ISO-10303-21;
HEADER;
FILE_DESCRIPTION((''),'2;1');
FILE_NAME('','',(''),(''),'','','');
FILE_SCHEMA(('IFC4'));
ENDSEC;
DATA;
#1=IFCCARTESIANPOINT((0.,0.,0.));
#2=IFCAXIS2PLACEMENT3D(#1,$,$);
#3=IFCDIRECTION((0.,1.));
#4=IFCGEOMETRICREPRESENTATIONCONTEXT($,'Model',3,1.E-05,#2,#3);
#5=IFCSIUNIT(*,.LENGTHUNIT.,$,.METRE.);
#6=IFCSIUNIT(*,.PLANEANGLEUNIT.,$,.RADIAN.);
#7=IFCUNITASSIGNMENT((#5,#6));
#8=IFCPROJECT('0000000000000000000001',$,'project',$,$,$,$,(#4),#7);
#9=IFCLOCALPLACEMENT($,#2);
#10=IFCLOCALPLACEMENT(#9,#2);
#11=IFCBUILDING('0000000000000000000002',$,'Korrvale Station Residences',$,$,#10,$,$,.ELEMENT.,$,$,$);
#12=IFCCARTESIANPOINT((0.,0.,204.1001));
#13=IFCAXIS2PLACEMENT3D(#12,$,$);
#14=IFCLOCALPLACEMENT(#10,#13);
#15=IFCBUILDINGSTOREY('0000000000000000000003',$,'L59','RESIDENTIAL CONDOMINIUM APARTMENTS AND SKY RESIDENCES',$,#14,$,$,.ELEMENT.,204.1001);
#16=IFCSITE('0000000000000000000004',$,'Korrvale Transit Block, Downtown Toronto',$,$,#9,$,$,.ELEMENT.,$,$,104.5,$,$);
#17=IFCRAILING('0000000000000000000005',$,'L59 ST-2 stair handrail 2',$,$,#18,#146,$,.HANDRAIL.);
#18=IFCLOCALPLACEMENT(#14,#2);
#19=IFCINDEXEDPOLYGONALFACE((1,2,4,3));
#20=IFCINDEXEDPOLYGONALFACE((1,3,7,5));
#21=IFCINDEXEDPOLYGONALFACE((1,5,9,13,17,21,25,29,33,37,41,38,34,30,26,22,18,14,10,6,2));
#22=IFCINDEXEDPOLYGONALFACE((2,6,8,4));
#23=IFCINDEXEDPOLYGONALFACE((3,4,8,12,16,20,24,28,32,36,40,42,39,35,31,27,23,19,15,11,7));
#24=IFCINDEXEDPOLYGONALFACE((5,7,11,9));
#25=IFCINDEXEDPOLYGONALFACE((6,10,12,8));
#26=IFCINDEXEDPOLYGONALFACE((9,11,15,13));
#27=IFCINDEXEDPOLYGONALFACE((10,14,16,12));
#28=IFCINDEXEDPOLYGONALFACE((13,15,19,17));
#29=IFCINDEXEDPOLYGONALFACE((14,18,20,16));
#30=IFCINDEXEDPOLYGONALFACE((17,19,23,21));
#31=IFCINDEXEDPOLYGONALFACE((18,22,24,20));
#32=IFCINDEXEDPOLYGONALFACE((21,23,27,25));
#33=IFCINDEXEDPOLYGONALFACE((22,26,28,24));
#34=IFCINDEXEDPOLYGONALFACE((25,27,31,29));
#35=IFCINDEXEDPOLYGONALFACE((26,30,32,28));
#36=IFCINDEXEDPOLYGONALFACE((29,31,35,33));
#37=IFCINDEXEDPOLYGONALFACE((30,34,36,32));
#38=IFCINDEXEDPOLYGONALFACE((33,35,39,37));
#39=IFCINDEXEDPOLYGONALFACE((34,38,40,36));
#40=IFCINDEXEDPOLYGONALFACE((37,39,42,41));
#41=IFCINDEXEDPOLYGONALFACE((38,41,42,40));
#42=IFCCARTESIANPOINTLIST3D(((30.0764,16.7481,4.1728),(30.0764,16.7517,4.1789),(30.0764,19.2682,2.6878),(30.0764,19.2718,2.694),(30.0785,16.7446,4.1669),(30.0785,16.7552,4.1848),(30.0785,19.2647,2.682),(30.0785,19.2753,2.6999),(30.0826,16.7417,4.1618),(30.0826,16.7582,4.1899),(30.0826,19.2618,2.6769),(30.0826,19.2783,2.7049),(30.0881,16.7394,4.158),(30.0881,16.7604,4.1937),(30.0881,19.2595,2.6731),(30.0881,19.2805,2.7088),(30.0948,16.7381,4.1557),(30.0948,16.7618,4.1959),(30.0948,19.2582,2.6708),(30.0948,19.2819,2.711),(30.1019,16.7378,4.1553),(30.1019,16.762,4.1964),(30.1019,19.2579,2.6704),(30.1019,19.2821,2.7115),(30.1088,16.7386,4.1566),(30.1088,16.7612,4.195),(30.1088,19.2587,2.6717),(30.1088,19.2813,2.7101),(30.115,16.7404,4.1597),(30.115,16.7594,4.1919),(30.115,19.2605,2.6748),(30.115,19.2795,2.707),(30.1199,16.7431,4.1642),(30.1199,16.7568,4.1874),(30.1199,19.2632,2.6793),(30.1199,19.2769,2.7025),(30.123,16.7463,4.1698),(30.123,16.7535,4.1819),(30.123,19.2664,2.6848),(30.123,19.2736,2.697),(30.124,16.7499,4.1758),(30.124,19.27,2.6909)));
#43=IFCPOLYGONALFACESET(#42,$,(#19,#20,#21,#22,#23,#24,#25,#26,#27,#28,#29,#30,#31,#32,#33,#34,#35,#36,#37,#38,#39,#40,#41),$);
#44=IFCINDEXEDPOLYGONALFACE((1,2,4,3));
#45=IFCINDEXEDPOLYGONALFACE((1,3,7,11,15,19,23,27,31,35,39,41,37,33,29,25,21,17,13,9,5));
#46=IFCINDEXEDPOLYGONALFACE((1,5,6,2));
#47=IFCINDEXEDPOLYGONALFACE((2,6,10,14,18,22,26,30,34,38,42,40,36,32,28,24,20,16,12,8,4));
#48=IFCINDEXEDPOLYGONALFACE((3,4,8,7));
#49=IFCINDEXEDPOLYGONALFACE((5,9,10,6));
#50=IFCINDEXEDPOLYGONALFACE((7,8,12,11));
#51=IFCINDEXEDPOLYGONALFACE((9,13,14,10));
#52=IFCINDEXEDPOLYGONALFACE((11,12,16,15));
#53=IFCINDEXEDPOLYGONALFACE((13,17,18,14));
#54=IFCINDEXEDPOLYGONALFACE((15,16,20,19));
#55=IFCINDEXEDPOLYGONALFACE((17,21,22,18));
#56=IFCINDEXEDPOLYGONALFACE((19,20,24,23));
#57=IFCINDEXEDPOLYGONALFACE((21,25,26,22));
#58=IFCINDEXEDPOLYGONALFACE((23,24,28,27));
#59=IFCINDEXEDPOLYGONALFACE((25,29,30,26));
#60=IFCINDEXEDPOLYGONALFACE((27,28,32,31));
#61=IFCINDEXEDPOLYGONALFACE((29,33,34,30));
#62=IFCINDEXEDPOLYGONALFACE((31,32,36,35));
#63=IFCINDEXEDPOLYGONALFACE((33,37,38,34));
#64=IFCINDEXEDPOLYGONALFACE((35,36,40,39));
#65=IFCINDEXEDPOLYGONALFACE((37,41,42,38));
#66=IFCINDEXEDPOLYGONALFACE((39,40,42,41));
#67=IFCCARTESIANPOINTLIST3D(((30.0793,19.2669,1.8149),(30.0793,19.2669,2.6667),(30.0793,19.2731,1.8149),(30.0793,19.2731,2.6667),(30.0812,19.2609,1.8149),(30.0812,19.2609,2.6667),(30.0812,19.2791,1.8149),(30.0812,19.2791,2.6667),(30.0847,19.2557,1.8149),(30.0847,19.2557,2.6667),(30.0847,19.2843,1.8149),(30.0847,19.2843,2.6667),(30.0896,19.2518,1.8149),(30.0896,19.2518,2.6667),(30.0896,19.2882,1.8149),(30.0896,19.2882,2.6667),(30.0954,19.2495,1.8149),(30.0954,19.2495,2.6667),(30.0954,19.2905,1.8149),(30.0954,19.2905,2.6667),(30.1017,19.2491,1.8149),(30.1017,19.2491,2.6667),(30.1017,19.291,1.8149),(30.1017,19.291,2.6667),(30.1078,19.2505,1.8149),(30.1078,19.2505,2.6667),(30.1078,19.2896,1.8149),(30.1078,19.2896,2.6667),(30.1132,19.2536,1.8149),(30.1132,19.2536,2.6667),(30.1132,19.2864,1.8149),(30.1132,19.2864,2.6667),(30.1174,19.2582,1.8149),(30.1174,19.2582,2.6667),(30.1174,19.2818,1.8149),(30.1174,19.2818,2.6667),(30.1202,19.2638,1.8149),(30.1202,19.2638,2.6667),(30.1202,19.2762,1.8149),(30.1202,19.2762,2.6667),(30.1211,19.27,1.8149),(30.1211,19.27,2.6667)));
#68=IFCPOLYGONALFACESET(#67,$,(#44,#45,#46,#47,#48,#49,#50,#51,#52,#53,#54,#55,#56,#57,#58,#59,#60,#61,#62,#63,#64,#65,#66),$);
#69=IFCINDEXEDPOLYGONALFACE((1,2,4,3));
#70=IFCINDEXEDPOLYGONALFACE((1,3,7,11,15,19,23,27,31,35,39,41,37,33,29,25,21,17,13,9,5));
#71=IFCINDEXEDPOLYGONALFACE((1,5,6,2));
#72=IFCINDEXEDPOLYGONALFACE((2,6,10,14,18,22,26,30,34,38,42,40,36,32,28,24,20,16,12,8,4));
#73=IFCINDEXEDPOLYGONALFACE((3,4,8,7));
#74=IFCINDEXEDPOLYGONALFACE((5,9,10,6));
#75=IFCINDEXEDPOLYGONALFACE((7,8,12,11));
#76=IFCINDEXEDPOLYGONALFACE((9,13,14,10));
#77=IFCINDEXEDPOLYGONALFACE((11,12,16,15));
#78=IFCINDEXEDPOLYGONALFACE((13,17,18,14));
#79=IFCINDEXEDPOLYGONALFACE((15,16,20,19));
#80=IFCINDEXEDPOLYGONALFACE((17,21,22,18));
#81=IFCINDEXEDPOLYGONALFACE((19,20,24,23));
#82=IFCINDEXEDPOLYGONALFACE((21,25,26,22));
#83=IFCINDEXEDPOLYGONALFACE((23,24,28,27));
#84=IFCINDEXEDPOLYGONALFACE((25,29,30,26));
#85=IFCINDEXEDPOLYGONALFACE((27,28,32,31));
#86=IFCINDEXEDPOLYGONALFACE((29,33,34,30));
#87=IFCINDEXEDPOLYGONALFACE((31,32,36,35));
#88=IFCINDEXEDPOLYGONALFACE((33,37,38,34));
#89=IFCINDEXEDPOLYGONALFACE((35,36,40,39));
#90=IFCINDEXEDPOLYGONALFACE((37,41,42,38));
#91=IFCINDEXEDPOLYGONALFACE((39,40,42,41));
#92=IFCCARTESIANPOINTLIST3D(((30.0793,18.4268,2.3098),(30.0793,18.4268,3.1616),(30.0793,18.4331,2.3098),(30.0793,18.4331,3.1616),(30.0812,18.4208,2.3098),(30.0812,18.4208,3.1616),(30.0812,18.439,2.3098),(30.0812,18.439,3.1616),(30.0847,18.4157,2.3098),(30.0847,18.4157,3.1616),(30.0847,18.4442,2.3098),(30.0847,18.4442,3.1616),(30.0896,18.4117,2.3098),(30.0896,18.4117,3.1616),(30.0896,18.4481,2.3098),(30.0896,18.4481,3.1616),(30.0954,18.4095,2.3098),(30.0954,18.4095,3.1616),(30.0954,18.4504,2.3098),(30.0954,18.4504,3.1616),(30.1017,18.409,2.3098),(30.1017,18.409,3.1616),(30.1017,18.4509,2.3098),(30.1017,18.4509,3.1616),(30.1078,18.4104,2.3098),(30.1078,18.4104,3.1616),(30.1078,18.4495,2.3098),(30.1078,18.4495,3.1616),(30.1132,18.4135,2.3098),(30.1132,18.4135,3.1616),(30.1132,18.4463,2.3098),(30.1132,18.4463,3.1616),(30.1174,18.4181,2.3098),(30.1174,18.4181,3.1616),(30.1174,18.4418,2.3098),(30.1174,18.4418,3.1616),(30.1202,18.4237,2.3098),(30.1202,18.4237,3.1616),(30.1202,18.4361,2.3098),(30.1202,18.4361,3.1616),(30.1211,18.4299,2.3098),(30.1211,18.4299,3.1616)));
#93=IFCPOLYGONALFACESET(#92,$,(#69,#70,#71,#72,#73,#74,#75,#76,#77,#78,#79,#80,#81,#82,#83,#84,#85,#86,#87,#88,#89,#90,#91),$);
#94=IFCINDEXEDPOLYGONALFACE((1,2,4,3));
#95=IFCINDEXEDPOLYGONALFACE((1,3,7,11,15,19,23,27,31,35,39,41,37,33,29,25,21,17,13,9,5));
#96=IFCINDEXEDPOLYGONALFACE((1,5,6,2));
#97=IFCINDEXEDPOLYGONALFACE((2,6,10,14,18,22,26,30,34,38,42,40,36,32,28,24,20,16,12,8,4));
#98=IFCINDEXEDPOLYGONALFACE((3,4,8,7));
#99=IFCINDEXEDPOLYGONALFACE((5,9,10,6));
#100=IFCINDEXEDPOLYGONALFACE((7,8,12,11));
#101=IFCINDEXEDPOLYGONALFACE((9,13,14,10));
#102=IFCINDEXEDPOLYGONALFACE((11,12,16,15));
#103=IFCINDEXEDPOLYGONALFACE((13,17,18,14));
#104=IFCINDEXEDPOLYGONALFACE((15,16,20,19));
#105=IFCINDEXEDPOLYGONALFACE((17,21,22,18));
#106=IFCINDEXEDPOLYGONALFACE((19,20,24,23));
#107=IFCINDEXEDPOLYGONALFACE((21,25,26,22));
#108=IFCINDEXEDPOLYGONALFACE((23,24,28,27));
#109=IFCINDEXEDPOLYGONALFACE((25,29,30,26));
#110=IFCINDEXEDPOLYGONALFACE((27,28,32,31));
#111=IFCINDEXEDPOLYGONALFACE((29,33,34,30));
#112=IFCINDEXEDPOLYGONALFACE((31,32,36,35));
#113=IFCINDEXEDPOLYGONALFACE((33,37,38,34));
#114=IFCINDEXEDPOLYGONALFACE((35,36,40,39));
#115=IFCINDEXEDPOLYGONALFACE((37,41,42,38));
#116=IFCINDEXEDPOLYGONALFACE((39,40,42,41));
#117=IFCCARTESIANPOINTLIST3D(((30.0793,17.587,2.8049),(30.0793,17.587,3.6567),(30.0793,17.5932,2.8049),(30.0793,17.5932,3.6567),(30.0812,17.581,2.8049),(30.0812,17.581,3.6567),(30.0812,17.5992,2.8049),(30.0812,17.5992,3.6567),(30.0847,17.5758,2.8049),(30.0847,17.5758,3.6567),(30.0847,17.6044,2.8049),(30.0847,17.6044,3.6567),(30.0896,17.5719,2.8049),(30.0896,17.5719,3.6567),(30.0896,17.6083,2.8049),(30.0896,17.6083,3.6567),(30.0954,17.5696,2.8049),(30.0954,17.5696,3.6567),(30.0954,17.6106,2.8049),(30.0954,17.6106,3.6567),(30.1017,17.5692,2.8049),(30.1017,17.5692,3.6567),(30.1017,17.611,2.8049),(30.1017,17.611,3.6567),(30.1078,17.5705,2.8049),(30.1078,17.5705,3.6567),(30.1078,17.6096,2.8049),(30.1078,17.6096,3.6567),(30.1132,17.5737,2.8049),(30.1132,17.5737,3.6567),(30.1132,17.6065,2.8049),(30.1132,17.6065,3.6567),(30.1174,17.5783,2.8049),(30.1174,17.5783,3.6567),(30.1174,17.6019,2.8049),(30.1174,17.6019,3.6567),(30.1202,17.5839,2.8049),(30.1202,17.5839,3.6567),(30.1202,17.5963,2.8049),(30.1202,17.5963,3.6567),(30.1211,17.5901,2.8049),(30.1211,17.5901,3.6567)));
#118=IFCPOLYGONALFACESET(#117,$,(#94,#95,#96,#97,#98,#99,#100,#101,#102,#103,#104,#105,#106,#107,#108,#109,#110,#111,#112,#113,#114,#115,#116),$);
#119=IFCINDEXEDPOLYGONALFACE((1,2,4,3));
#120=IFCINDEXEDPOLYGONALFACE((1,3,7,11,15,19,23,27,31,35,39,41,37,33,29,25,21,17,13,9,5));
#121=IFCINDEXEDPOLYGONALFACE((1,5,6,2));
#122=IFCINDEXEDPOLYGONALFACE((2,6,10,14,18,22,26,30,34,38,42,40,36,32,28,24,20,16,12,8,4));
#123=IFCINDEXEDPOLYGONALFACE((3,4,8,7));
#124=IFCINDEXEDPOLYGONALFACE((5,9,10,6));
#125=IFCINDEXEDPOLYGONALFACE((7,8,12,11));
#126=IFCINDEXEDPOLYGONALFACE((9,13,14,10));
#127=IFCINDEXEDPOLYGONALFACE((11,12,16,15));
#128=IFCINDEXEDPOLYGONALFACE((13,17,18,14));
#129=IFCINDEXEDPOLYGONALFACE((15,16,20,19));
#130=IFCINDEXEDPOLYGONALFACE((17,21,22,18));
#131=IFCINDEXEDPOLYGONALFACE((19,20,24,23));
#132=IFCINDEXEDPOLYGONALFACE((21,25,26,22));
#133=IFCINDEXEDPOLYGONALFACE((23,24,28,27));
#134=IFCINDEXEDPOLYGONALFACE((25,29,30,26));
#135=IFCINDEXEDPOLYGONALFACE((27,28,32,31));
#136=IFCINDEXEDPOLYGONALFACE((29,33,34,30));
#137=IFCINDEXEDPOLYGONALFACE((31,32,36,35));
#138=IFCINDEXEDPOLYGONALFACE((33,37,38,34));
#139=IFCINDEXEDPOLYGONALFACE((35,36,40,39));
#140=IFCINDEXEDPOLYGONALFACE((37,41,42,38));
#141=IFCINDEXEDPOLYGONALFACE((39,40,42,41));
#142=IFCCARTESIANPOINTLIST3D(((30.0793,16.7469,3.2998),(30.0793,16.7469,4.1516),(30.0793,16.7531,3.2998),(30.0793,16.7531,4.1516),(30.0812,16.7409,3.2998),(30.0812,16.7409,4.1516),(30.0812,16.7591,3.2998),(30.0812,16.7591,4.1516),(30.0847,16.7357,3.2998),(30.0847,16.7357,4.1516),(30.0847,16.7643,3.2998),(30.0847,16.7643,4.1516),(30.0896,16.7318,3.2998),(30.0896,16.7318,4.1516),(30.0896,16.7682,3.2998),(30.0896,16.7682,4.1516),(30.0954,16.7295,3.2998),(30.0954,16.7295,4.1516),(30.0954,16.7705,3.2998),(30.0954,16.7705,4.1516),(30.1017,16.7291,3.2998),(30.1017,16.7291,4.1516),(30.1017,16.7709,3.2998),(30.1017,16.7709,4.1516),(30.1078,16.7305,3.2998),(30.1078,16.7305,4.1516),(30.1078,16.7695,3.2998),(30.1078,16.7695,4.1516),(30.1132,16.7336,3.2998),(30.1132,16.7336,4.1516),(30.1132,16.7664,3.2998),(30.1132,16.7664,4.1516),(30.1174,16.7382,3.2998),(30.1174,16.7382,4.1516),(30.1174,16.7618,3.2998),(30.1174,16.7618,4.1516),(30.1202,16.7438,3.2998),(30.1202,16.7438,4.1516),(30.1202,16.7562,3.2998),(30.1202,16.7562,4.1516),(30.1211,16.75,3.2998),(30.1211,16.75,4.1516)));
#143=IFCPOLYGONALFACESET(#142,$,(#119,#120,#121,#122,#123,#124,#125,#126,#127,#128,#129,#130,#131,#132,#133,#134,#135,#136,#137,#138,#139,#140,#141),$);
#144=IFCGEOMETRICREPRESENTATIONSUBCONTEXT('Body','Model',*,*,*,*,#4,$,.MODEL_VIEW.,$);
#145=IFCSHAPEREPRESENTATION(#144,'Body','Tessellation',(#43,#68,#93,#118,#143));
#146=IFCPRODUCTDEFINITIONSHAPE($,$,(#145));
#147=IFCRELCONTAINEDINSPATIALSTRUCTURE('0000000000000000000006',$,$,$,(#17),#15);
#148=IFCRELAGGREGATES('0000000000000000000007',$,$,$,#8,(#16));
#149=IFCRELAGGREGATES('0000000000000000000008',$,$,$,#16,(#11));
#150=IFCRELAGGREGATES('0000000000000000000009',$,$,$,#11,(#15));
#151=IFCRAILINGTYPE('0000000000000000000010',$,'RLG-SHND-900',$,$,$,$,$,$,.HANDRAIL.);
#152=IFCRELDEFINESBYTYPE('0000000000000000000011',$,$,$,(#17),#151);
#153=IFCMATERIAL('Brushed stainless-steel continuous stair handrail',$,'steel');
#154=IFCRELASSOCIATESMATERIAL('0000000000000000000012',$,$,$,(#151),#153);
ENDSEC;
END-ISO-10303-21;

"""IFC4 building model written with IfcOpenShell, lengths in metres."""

from ifc_helpers import new_model, si_unit, direction, frame, origin, origin_2d, place, context, subcontext, project, spatial, circle, extrude, material, type_object, element, save


model = new_model("IFC4")

# Units and contexts
model_context = context("Model", 3, precision=1e-05, world=origin(), true_north=direction((0.0, 1.0)))
body_context = subcontext(model_context, "Body", "Model", "MODEL_VIEW")
ifc_project = project(units=[si_unit("LENGTHUNIT", "METRE"), si_unit("PLANEANGLEUNIT", "RADIAN")], contexts=[model_context])

# Site, building, storey
site_placement = place(None, origin())
site = spatial("IfcSite", under=ifc_project, at=site_placement, Name="Korrvale Transit Block, Downtown Toronto", CompositionType="ELEMENT", RefElevation=104.5)
building_placement = place(site_placement, origin())
building = spatial("IfcBuilding", under=site, at=building_placement, Name="Korrvale Station Residences", CompositionType="ELEMENT")
storey_placement = place(building_placement, frame((0.0, 0.0, 204.1001)))
storey = spatial("IfcBuildingStorey", under=building, at=storey_placement, Name="L59", Description="RESIDENTIAL CONDOMINIUM APARTMENTS AND SKY RESIDENCES", CompositionType="ELEMENT", Elevation=204.1001)

# Railing
ifc_material_1 = material(Name="Brushed stainless-steel continuous stair handrail", Category="steel")
railing_type_1 = type_object("IfcRailingType", Name="RLG-SHND-900", PredefinedType="HANDRAIL", material=ifc_material_1)
railing_1_placement = place(storey_placement, frame((30.1001, 19.27, 1.8149)))
element("IfcRailing", 1, at=railing_1_placement, inside=storey, type_object=railing_type_1, Name="L59 ST-2 stair handrail 2", PredefinedType="HANDRAIL", context=body_context, shape_type="SweptSolid", body=[
    extrude(circle(Radius=0.0239, at=origin_2d()), frame((0.0, 0.0, 0.876), z_axis=(0.0, -0.861561, 0.507655), x_axis=(1.0, 0.0, 0.0)), (0.0, 0.0, 1.0), 2.925),
    extrude(circle(Radius=0.021, at=origin_2d()), origin(), (0.0, 0.0, 1.0), 0.8518),
    extrude(circle(Radius=0.021, at=origin_2d()), frame((0.0, -0.8401, 0.4949)), (0.0, 0.0, 1.0), 0.8518),
    extrude(circle(Radius=0.021, at=origin_2d()), frame((0.0, -1.6799, 0.99)), (0.0, 0.0, 1.0), 0.8518),
    extrude(circle(Radius=0.021, at=origin_2d()), frame((0.0, -2.52, 1.4849)), (0.0, 0.0, 1.0), 0.8518),
])

save(model, "model.ifc")
